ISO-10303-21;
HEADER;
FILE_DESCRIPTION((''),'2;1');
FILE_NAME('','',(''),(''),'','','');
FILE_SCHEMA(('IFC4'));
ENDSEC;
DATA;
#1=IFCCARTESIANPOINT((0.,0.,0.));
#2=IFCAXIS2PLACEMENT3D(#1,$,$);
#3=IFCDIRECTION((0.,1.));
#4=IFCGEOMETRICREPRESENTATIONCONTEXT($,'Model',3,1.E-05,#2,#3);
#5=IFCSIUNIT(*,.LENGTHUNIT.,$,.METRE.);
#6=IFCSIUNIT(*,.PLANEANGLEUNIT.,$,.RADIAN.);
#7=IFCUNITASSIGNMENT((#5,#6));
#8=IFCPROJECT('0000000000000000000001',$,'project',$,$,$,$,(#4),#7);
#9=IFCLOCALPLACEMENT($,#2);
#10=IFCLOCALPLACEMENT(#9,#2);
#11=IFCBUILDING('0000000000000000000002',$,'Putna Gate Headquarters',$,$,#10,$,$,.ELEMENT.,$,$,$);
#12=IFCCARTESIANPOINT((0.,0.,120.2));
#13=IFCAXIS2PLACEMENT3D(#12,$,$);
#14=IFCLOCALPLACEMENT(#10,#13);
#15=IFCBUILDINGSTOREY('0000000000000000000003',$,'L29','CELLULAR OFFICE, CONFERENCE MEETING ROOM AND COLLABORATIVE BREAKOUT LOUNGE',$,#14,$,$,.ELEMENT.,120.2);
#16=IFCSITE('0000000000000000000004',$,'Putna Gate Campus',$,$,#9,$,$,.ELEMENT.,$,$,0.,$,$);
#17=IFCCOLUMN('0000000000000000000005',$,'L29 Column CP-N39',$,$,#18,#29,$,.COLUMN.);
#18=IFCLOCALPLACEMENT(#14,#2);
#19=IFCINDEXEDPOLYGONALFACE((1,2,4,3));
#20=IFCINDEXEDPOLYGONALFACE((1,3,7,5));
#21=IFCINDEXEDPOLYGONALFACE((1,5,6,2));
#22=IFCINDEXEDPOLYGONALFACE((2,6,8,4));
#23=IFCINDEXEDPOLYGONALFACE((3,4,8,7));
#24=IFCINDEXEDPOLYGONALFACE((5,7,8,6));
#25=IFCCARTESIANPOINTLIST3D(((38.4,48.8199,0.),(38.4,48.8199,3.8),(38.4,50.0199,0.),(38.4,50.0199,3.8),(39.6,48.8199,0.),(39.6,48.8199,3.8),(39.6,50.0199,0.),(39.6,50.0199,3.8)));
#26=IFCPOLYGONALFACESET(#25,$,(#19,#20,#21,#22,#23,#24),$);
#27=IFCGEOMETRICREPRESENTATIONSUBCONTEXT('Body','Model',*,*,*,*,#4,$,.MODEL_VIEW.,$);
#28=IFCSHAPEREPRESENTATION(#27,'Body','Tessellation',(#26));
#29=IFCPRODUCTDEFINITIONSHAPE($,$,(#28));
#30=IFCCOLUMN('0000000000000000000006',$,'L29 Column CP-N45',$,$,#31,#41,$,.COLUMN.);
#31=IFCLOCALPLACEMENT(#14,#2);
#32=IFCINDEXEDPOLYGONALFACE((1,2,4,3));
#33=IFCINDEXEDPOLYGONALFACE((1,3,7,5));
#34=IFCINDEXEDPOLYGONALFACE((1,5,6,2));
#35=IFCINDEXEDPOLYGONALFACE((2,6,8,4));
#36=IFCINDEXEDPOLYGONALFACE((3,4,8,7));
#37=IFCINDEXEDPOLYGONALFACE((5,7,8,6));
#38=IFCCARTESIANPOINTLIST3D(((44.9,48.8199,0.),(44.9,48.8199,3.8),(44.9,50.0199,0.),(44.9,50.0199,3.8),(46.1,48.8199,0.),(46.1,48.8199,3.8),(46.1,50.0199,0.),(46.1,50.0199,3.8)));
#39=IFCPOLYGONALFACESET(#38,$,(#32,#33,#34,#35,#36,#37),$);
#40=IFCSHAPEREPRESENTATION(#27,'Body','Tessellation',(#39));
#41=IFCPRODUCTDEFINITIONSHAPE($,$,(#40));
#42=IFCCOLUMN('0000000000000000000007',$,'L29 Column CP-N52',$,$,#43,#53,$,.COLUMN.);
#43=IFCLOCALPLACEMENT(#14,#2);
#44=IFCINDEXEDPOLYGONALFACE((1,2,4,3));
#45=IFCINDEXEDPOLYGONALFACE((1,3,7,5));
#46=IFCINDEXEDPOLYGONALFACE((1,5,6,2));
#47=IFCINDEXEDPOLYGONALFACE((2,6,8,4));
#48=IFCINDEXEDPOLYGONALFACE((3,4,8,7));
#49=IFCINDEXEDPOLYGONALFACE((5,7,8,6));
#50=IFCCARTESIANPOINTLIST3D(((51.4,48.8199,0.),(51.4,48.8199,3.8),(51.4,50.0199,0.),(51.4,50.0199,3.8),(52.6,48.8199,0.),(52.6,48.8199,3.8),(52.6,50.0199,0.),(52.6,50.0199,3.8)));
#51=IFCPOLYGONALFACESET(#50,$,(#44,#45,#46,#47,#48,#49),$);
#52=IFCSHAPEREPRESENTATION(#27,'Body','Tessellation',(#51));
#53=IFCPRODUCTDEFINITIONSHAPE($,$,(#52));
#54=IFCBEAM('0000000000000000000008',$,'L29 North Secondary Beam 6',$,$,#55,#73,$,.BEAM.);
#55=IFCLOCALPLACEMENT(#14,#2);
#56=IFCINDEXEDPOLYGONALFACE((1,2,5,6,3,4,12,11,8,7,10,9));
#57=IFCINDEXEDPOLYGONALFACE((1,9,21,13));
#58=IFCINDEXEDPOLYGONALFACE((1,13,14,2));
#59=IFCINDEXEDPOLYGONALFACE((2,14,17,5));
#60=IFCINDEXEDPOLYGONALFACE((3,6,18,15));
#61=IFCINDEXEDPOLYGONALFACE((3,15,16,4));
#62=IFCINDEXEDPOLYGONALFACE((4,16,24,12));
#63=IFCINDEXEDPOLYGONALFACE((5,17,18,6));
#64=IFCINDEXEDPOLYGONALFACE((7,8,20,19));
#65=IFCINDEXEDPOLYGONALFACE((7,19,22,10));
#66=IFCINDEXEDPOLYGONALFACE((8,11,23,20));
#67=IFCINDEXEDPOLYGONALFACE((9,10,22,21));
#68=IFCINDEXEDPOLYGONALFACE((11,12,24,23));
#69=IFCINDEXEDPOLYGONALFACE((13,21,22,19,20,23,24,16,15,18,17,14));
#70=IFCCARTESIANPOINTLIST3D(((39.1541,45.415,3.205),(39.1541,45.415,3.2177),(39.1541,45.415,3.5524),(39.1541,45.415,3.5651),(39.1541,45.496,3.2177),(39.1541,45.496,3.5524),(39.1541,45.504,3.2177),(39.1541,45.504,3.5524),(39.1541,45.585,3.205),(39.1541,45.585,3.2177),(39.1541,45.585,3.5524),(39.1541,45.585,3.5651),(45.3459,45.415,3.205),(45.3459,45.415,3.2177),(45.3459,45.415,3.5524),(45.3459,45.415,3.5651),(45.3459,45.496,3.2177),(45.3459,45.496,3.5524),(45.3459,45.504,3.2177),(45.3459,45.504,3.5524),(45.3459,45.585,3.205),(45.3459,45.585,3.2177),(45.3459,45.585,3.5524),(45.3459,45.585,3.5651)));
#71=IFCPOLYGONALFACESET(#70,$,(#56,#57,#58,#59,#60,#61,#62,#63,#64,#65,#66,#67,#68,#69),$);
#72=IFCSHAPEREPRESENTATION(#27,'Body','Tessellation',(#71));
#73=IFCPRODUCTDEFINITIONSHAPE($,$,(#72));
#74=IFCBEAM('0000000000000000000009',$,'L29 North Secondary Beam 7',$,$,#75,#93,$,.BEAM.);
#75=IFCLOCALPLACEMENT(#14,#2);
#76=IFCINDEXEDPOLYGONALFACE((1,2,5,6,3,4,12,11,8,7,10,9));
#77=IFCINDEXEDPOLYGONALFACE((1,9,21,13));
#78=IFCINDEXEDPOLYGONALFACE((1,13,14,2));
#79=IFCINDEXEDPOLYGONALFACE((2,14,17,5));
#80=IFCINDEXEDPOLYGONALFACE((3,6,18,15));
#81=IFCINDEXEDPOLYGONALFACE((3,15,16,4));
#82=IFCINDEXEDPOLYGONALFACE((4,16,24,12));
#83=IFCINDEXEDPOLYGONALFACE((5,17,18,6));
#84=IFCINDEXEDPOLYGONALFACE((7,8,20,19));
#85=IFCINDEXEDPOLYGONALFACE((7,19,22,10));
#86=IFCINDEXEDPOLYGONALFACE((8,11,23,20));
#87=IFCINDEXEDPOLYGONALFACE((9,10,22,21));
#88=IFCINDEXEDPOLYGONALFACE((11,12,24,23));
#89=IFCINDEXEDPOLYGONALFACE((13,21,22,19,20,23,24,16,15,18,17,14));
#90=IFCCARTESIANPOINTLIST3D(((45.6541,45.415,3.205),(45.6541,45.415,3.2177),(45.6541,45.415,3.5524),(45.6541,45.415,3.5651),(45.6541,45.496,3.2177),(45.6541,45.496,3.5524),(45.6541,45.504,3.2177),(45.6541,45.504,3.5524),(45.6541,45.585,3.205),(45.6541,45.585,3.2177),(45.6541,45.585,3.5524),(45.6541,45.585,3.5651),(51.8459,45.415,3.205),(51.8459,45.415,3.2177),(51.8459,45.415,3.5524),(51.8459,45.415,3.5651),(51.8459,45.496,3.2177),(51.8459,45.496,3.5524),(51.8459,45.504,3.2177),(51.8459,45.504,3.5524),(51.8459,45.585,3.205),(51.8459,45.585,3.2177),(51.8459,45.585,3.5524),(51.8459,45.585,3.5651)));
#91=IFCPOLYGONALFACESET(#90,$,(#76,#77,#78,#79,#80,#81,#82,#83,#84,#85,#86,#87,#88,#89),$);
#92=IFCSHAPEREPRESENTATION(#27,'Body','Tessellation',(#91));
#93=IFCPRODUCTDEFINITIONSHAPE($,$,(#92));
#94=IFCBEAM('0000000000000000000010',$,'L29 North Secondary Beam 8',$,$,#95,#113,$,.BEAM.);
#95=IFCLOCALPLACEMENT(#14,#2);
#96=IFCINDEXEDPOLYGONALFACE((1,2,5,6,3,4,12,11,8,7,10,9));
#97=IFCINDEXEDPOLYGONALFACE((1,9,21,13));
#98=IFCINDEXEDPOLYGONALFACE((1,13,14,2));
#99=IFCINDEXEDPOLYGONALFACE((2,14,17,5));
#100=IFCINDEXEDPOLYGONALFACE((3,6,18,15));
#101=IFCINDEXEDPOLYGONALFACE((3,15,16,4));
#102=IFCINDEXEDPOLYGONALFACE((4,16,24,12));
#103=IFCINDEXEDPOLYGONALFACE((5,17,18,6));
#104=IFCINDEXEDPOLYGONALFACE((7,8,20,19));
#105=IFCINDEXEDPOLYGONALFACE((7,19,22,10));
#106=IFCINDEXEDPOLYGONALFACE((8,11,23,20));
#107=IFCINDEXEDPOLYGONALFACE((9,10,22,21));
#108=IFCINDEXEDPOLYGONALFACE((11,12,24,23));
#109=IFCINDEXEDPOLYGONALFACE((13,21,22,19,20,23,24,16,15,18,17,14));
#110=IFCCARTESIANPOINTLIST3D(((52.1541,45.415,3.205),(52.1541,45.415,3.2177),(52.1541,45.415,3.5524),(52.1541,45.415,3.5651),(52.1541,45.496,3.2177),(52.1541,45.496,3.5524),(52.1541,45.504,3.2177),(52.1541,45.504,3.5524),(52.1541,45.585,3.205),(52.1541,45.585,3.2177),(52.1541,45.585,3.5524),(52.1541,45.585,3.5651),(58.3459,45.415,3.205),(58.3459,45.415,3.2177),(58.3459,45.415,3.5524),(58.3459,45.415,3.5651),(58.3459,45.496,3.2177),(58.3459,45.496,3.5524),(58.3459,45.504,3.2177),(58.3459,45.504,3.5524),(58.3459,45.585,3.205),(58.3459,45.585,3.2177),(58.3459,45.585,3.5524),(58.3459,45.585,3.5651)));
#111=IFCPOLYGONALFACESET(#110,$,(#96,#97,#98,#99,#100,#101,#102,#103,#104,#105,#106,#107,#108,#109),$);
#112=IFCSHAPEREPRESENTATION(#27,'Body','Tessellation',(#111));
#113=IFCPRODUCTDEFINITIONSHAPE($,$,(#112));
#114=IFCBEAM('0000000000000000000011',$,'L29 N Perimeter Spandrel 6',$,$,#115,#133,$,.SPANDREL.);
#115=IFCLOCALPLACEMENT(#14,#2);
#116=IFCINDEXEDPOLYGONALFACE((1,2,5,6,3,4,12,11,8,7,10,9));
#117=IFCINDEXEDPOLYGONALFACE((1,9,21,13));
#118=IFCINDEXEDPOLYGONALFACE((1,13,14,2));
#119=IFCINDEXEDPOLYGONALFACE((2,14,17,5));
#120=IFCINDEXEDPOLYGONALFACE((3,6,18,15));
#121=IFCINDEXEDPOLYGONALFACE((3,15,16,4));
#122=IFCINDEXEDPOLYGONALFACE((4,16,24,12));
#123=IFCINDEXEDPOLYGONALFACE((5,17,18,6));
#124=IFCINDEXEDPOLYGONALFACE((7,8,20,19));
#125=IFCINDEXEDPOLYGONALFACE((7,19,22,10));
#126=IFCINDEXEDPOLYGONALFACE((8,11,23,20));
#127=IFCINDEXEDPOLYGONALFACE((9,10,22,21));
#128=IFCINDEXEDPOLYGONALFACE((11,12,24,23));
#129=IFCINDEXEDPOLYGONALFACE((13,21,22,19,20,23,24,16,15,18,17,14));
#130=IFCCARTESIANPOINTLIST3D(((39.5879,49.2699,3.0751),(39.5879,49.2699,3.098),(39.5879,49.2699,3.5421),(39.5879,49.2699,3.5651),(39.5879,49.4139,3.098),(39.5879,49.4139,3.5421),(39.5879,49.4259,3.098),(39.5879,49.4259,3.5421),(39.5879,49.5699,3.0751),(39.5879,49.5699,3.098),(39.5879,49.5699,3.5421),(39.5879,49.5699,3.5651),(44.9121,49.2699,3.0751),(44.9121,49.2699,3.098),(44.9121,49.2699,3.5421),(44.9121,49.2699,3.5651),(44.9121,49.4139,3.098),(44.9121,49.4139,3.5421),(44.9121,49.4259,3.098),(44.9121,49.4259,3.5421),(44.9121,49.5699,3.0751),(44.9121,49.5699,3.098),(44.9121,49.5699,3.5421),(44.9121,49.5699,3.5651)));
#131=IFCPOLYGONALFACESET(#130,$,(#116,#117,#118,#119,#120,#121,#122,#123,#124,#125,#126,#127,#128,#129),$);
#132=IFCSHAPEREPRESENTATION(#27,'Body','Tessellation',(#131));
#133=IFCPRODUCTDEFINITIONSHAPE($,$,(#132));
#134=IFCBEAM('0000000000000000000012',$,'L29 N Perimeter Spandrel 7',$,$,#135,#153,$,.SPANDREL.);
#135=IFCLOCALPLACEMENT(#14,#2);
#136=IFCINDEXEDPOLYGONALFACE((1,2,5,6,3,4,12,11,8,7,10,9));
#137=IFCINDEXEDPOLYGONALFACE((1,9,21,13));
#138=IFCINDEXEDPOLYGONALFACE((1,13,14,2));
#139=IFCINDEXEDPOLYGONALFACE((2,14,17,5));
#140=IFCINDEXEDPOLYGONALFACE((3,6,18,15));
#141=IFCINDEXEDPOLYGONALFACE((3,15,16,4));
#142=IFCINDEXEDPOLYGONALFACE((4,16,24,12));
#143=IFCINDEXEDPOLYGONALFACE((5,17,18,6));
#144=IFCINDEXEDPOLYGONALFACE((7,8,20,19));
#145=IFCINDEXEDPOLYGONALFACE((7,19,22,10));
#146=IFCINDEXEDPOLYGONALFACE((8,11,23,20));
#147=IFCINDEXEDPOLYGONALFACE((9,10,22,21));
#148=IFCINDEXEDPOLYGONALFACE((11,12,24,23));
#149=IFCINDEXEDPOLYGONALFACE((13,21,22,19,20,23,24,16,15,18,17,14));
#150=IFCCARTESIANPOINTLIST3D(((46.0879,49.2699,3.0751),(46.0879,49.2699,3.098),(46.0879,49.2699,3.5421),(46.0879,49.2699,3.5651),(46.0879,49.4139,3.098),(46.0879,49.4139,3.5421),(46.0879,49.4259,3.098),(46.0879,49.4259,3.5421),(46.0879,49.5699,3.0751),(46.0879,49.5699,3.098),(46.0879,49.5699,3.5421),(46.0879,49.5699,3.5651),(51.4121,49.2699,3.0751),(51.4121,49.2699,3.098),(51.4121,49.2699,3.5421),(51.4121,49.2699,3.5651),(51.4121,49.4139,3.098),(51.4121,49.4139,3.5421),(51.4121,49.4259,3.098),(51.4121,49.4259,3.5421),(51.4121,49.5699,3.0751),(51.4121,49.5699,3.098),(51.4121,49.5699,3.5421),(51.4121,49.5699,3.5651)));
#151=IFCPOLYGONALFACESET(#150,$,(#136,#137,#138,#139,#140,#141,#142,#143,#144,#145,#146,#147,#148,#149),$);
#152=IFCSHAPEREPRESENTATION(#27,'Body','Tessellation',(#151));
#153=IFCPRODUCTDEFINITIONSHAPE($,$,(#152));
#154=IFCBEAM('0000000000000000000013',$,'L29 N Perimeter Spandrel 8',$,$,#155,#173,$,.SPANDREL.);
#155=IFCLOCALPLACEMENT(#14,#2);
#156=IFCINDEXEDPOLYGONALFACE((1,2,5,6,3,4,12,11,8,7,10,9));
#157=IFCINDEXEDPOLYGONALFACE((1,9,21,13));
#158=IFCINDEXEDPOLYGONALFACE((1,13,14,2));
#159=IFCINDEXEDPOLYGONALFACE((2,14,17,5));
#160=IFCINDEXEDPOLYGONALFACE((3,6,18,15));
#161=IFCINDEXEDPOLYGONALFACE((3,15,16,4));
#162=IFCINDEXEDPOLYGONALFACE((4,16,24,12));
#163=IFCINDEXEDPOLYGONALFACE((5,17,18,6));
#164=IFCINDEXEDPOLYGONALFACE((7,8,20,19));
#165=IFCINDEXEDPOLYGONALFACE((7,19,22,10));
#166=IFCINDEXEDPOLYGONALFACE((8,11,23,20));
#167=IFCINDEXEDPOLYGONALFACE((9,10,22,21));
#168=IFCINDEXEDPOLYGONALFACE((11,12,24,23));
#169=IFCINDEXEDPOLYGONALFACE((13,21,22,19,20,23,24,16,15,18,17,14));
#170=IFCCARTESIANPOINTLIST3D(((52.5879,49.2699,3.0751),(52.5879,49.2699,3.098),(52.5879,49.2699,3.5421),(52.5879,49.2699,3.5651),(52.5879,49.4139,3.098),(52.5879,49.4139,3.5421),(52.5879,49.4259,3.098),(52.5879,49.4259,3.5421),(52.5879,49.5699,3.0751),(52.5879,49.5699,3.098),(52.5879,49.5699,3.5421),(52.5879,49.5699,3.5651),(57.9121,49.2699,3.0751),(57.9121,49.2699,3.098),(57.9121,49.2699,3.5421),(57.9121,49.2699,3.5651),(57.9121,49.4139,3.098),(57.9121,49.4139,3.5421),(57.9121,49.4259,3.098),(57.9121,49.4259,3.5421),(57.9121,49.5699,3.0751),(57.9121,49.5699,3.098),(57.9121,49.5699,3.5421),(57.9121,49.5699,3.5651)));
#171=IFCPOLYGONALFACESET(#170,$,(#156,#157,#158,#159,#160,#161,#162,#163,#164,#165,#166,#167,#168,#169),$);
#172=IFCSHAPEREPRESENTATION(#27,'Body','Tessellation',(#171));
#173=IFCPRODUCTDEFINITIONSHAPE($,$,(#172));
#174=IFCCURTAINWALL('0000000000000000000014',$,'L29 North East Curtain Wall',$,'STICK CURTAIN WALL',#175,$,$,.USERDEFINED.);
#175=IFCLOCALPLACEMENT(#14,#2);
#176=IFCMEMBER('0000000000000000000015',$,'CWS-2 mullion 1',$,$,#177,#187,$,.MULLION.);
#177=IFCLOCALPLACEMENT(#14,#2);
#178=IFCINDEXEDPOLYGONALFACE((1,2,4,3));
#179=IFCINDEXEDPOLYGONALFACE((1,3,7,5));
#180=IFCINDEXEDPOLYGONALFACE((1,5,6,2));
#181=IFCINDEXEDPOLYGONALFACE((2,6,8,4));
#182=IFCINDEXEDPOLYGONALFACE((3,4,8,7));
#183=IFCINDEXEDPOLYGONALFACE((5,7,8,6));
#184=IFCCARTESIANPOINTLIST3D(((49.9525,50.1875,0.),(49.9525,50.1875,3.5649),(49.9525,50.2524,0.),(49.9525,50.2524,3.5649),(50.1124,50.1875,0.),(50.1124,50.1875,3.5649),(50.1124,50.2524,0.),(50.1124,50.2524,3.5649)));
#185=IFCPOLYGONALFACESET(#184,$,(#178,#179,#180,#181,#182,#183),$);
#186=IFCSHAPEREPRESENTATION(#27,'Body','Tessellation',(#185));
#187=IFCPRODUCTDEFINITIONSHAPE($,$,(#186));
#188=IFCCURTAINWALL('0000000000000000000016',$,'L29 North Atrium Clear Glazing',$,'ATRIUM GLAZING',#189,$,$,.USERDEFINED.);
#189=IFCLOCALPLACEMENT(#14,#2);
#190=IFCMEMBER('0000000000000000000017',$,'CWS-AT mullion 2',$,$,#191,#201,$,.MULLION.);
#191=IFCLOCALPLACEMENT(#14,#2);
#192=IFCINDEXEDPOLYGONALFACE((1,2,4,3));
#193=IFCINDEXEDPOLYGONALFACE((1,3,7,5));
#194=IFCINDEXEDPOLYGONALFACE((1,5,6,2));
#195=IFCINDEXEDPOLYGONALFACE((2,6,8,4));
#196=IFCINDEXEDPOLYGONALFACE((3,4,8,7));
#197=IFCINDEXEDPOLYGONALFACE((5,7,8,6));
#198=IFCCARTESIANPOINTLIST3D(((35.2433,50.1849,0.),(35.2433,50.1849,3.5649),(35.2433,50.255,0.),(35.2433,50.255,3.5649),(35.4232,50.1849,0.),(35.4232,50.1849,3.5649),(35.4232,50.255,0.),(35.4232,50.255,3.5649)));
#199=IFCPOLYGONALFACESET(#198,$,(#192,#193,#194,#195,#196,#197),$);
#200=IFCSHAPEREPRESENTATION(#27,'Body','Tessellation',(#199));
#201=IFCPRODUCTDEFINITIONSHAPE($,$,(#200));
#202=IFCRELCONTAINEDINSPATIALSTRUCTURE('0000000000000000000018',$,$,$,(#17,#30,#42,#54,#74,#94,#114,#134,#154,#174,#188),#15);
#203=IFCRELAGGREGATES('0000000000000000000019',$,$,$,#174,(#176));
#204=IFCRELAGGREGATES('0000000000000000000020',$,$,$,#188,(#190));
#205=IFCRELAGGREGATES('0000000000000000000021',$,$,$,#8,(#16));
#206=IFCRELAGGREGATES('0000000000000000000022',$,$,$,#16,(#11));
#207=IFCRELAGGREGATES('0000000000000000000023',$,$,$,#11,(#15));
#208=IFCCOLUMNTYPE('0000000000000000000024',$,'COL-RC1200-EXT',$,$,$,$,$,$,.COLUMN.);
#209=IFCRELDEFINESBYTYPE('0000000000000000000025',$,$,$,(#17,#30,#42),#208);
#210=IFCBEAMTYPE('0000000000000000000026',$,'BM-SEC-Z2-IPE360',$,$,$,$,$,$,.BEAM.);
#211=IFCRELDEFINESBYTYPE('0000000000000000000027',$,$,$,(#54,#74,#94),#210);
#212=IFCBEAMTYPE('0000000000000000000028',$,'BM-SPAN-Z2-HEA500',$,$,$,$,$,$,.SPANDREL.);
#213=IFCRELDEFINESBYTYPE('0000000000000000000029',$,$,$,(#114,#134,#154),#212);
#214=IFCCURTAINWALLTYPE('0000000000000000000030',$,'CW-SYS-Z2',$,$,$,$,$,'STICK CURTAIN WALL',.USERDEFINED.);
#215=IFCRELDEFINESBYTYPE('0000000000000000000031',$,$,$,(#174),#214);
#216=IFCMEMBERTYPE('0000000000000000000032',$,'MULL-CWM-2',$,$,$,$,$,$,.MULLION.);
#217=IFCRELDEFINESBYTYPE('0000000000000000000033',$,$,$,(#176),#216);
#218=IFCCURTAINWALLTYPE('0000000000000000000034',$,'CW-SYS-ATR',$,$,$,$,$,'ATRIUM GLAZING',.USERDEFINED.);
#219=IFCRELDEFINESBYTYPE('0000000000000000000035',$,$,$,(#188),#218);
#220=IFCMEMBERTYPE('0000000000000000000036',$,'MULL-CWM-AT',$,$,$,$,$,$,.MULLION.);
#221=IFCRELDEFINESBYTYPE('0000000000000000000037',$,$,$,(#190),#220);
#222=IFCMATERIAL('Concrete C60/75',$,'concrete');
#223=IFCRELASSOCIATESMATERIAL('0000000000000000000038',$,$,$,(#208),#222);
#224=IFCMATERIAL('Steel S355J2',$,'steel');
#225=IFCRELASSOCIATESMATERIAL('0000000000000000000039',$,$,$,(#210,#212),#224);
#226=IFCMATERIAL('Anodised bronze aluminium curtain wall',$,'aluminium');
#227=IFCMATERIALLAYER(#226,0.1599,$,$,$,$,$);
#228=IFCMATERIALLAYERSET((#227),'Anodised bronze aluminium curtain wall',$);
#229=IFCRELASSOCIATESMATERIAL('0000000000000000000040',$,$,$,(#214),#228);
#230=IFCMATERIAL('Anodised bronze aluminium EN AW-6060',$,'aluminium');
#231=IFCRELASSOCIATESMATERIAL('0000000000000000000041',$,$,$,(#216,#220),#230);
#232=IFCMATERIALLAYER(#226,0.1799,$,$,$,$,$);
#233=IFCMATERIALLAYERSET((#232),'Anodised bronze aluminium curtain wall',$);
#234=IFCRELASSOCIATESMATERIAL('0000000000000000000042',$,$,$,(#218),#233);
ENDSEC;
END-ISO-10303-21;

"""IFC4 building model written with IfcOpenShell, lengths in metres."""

from ifc_helpers import new_model, si_unit, direction, frame, origin, origin_2d, place, context, subcontext, project, spatial, rectangle, i_section, extrude, material, layer, layer_set, material_profile, profile_set, type_object, element, aggregate, save


model = new_model("IFC4")

# Units and contexts
model_context = context("Model", 3, precision=1e-05, world=origin(), true_north=direction((0.0, 1.0)))
body_context = subcontext(model_context, "Body", "Model", "MODEL_VIEW")
ifc_project = project(units=[si_unit("LENGTHUNIT", "METRE"), si_unit("PLANEANGLEUNIT", "RADIAN")], contexts=[model_context])

# Site, building, storey
site_placement = place(None, origin())
site = spatial("IfcSite", under=ifc_project, at=site_placement, Name="Putna Gate Campus", CompositionType="ELEMENT", RefElevation=0.0)
building_placement = place(site_placement, origin())
building = spatial("IfcBuilding", under=site, at=building_placement, Name="Putna Gate Headquarters", CompositionType="ELEMENT")
storey_placement = place(building_placement, frame((0.0, 0.0, 120.2)))
storey = spatial("IfcBuildingStorey", under=building, at=storey_placement, Name="L29", Description="CELLULAR OFFICE, CONFERENCE MEETING ROOM AND COLLABORATIVE BREAKOUT LOUNGE", CompositionType="ELEMENT", Elevation=120.2)

# Columns
ifc_material_1 = material(Name="Concrete C60/75", Category="concrete")
ifc_material_profile_1 = material_profile(ifc_material_1, rectangle(XDim=1.2, YDim=1.2, at=origin_2d()), Name="Concrete C60/75")
ifc_profile_set_1 = profile_set([ifc_material_profile_1], Name="Concrete C60/75")
column_type = type_object("IfcColumnType", Name="COL-RC1200-EXT", PredefinedType="COLUMN", material=ifc_profile_set_1)
for number, where, z_axis, x_axis, name in (
    (1, (39.0, 49.4199, 0.0), (0.0, 0.0, 1.0), (1.0, 0.0, 0.0), "L29 Column CP-N39"),
    (2, (45.5, 49.4199, 0.0), (0.0, 0.0, 1.0), (1.0, 0.0, 0.0), "L29 Column CP-N45"),
    (3, (52.0, 49.4199, 0.0), (0.0, 0.0, 1.0), (1.0, 0.0, 0.0), "L29 Column CP-N52"),
):
    element("IfcColumn", number, at=place(storey_placement, frame(where, z_axis=z_axis, x_axis=x_axis)), inside=storey, type_object=column_type, Name=name, PredefinedType="COLUMN", context=body_context, shape_type="SweptSolid", body=[
        extrude(rectangle(XDim=1.2, YDim=1.2, at=origin_2d()), origin(), (0.0, 0.0, 1.0), 3.8),
    ])

# Beams
ifc_material_2 = material(Name="Steel S355J2", Category="steel")
ifc_material_profile_2 = material_profile(ifc_material_2, i_section(OverallWidth=0.1699, OverallDepth=0.3601, WebThickness=0.0081, FlangeThickness=0.0127, at=origin_2d()), Name="Steel S355J2")
ifc_profile_set_2 = profile_set([ifc_material_profile_2], Name="Steel S355J2")
beam_type_1 = type_object("IfcBeamType", Name="BM-SEC-Z2-IPE360", PredefinedType="BEAM", material=ifc_profile_set_2)
for number, where, z_axis, x_axis, name in (
    (4, (39.1541, 45.5, 3.385), (1.0, 0.0, 0.0), (0.0, 1.0, 0.0), "L29 North Secondary Beam 6"),
    (5, (45.6541, 45.5, 3.385), (1.0, 0.0, 0.0), (0.0, 1.0, 0.0), "L29 North Secondary Beam 7"),
    (6, (52.1541, 45.5, 3.385), (1.0, 0.0, 0.0), (0.0, 1.0, 0.0), "L29 North Secondary Beam 8"),
):
    element("IfcBeam", number, at=place(storey_placement, frame(where, z_axis=z_axis, x_axis=x_axis)), inside=storey, type_object=beam_type_1, Name=name, PredefinedType="BEAM", context=body_context, shape_type="SweptSolid", body=[
        extrude(i_section(OverallWidth=0.1699, OverallDepth=0.3601, WebThickness=0.0081, FlangeThickness=0.0127, at=origin_2d()), origin(), (0.0, 0.0, 1.0), 6.1919),
    ])
ifc_material_profile_3 = material_profile(ifc_material_2, i_section(OverallWidth=0.3, OverallDepth=0.49, WebThickness=0.012, FlangeThickness=0.0229, at=origin_2d()), Name="Steel S355J2")
ifc_profile_set_3 = profile_set([ifc_material_profile_3], Name="Steel S355J2")
beam_type_2 = type_object("IfcBeamType", Name="BM-SPAN-Z2-HEA500", PredefinedType="SPANDREL", material=ifc_profile_set_3)
for number, where, z_axis, x_axis, name in (
    (7, (39.5879, 49.4199, 3.3201), (1.0, 0.0, 0.0), (0.0, 1.0, 0.0), "L29 N Perimeter Spandrel 6"),
    (8, (46.0879, 49.4199, 3.3201), (1.0, 0.0, 0.0), (0.0, 1.0, 0.0), "L29 N Perimeter Spandrel 7"),
    (9, (52.5879, 49.4199, 3.3201), (1.0, 0.0, 0.0), (0.0, 1.0, 0.0), "L29 N Perimeter Spandrel 8"),
):
    element("IfcBeam", number, at=place(storey_placement, frame(where, z_axis=z_axis, x_axis=x_axis)), inside=storey, type_object=beam_type_2, Name=name, PredefinedType="SPANDREL", context=body_context, shape_type="SweptSolid", body=[
        extrude(i_section(OverallWidth=0.3, OverallDepth=0.49, WebThickness=0.012, FlangeThickness=0.0229, at=origin_2d()), origin(), (0.0, 0.0, 1.0), 5.3242),
    ])

# Curtain wall, member
ifc_material_3 = material(Name="Anodised bronze aluminium curtain wall", Category="aluminium")
ifc_layer_1 = layer(ifc_material_3, 0.1599)
ifc_layer_set_1 = layer_set([ifc_layer_1], Name="Anodised bronze aluminium curtain wall")
curtain_wall_type_1 = type_object("IfcCurtainWallType", Name="CW-SYS-Z2", ElementType="STICK CURTAIN WALL", PredefinedType="USERDEFINED", material=ifc_layer_set_1)
curtain_wall_1_placement = place(storey_placement, origin())
curtain_wall_1 = element("IfcCurtainWall", 10, at=curtain_wall_1_placement, inside=storey, type_object=curtain_wall_type_1, Name="L29 North East Curtain Wall", ObjectType="STICK CURTAIN WALL", PredefinedType="USERDEFINED")
ifc_material_4 = material(Name="Anodised bronze aluminium EN AW-6060", Category="aluminium")
ifc_material_profile_4 = material_profile(ifc_material_4, rectangle(XDim=0.0649, YDim=0.1599, at=origin_2d()), Name="Anodised bronze aluminium EN AW-6060")
ifc_profile_set_4 = profile_set([ifc_material_profile_4], Name="Anodised bronze aluminium EN AW-6060")
member_type_1 = type_object("IfcMemberType", Name="MULL-CWM-2", PredefinedType="MULLION", material=ifc_profile_set_4)
member_1_placement = place(storey_placement, frame((50.0325, 50.22, 0.0), z_axis=(0.0, 0.0, 1.0), x_axis=(0.0, 1.0, 0.0)))
member_1 = element("IfcMember", 11, at=member_1_placement, type_object=member_type_1, Name="CWS-2 mullion 1", PredefinedType="MULLION", context=body_context, shape_type="SweptSolid", body=[
    extrude(rectangle(XDim=0.0649, YDim=0.1599, at=origin_2d()), origin(), (0.0, 0.0, 1.0), 3.5649),
])

# Curtain wall, member
ifc_layer_2 = layer(ifc_material_3, 0.1799)
ifc_layer_set_2 = layer_set([ifc_layer_2], Name="Anodised bronze aluminium curtain wall")
curtain_wall_type_2 = type_object("IfcCurtainWallType", Name="CW-SYS-ATR", ElementType="ATRIUM GLAZING", PredefinedType="USERDEFINED", material=ifc_layer_set_2)
curtain_wall_2_placement = place(storey_placement, origin())
curtain_wall_2 = element("IfcCurtainWall", 12, at=curtain_wall_2_placement, inside=storey, type_object=curtain_wall_type_2, Name="L29 North Atrium Clear Glazing", ObjectType="ATRIUM GLAZING", PredefinedType="USERDEFINED")
ifc_material_profile_5 = material_profile(ifc_material_4, rectangle(XDim=0.0701, YDim=0.1799, at=origin_2d()), Name="Anodised bronze aluminium EN AW-6060")
ifc_profile_set_5 = profile_set([ifc_material_profile_5], Name="Anodised bronze aluminium EN AW-6060")
member_type_2 = type_object("IfcMemberType", Name="MULL-CWM-AT", PredefinedType="MULLION", material=ifc_profile_set_5)
member_2_placement = place(storey_placement, frame((35.3333, 50.22, 0.0), z_axis=(0.0, 0.0, 1.0), x_axis=(0.0, 1.0, 0.0)))
member_2 = element("IfcMember", 13, at=member_2_placement, type_object=member_type_2, Name="CWS-AT mullion 2", PredefinedType="MULLION", context=body_context, shape_type="SweptSolid", body=[
    extrude(rectangle(XDim=0.0701, YDim=0.1799, at=origin_2d()), origin(), (0.0, 0.0, 1.0), 3.5649),
])

aggregate(curtain_wall_1, [member_1])
aggregate(curtain_wall_2, [member_2])

save(model, "model.ifc")
